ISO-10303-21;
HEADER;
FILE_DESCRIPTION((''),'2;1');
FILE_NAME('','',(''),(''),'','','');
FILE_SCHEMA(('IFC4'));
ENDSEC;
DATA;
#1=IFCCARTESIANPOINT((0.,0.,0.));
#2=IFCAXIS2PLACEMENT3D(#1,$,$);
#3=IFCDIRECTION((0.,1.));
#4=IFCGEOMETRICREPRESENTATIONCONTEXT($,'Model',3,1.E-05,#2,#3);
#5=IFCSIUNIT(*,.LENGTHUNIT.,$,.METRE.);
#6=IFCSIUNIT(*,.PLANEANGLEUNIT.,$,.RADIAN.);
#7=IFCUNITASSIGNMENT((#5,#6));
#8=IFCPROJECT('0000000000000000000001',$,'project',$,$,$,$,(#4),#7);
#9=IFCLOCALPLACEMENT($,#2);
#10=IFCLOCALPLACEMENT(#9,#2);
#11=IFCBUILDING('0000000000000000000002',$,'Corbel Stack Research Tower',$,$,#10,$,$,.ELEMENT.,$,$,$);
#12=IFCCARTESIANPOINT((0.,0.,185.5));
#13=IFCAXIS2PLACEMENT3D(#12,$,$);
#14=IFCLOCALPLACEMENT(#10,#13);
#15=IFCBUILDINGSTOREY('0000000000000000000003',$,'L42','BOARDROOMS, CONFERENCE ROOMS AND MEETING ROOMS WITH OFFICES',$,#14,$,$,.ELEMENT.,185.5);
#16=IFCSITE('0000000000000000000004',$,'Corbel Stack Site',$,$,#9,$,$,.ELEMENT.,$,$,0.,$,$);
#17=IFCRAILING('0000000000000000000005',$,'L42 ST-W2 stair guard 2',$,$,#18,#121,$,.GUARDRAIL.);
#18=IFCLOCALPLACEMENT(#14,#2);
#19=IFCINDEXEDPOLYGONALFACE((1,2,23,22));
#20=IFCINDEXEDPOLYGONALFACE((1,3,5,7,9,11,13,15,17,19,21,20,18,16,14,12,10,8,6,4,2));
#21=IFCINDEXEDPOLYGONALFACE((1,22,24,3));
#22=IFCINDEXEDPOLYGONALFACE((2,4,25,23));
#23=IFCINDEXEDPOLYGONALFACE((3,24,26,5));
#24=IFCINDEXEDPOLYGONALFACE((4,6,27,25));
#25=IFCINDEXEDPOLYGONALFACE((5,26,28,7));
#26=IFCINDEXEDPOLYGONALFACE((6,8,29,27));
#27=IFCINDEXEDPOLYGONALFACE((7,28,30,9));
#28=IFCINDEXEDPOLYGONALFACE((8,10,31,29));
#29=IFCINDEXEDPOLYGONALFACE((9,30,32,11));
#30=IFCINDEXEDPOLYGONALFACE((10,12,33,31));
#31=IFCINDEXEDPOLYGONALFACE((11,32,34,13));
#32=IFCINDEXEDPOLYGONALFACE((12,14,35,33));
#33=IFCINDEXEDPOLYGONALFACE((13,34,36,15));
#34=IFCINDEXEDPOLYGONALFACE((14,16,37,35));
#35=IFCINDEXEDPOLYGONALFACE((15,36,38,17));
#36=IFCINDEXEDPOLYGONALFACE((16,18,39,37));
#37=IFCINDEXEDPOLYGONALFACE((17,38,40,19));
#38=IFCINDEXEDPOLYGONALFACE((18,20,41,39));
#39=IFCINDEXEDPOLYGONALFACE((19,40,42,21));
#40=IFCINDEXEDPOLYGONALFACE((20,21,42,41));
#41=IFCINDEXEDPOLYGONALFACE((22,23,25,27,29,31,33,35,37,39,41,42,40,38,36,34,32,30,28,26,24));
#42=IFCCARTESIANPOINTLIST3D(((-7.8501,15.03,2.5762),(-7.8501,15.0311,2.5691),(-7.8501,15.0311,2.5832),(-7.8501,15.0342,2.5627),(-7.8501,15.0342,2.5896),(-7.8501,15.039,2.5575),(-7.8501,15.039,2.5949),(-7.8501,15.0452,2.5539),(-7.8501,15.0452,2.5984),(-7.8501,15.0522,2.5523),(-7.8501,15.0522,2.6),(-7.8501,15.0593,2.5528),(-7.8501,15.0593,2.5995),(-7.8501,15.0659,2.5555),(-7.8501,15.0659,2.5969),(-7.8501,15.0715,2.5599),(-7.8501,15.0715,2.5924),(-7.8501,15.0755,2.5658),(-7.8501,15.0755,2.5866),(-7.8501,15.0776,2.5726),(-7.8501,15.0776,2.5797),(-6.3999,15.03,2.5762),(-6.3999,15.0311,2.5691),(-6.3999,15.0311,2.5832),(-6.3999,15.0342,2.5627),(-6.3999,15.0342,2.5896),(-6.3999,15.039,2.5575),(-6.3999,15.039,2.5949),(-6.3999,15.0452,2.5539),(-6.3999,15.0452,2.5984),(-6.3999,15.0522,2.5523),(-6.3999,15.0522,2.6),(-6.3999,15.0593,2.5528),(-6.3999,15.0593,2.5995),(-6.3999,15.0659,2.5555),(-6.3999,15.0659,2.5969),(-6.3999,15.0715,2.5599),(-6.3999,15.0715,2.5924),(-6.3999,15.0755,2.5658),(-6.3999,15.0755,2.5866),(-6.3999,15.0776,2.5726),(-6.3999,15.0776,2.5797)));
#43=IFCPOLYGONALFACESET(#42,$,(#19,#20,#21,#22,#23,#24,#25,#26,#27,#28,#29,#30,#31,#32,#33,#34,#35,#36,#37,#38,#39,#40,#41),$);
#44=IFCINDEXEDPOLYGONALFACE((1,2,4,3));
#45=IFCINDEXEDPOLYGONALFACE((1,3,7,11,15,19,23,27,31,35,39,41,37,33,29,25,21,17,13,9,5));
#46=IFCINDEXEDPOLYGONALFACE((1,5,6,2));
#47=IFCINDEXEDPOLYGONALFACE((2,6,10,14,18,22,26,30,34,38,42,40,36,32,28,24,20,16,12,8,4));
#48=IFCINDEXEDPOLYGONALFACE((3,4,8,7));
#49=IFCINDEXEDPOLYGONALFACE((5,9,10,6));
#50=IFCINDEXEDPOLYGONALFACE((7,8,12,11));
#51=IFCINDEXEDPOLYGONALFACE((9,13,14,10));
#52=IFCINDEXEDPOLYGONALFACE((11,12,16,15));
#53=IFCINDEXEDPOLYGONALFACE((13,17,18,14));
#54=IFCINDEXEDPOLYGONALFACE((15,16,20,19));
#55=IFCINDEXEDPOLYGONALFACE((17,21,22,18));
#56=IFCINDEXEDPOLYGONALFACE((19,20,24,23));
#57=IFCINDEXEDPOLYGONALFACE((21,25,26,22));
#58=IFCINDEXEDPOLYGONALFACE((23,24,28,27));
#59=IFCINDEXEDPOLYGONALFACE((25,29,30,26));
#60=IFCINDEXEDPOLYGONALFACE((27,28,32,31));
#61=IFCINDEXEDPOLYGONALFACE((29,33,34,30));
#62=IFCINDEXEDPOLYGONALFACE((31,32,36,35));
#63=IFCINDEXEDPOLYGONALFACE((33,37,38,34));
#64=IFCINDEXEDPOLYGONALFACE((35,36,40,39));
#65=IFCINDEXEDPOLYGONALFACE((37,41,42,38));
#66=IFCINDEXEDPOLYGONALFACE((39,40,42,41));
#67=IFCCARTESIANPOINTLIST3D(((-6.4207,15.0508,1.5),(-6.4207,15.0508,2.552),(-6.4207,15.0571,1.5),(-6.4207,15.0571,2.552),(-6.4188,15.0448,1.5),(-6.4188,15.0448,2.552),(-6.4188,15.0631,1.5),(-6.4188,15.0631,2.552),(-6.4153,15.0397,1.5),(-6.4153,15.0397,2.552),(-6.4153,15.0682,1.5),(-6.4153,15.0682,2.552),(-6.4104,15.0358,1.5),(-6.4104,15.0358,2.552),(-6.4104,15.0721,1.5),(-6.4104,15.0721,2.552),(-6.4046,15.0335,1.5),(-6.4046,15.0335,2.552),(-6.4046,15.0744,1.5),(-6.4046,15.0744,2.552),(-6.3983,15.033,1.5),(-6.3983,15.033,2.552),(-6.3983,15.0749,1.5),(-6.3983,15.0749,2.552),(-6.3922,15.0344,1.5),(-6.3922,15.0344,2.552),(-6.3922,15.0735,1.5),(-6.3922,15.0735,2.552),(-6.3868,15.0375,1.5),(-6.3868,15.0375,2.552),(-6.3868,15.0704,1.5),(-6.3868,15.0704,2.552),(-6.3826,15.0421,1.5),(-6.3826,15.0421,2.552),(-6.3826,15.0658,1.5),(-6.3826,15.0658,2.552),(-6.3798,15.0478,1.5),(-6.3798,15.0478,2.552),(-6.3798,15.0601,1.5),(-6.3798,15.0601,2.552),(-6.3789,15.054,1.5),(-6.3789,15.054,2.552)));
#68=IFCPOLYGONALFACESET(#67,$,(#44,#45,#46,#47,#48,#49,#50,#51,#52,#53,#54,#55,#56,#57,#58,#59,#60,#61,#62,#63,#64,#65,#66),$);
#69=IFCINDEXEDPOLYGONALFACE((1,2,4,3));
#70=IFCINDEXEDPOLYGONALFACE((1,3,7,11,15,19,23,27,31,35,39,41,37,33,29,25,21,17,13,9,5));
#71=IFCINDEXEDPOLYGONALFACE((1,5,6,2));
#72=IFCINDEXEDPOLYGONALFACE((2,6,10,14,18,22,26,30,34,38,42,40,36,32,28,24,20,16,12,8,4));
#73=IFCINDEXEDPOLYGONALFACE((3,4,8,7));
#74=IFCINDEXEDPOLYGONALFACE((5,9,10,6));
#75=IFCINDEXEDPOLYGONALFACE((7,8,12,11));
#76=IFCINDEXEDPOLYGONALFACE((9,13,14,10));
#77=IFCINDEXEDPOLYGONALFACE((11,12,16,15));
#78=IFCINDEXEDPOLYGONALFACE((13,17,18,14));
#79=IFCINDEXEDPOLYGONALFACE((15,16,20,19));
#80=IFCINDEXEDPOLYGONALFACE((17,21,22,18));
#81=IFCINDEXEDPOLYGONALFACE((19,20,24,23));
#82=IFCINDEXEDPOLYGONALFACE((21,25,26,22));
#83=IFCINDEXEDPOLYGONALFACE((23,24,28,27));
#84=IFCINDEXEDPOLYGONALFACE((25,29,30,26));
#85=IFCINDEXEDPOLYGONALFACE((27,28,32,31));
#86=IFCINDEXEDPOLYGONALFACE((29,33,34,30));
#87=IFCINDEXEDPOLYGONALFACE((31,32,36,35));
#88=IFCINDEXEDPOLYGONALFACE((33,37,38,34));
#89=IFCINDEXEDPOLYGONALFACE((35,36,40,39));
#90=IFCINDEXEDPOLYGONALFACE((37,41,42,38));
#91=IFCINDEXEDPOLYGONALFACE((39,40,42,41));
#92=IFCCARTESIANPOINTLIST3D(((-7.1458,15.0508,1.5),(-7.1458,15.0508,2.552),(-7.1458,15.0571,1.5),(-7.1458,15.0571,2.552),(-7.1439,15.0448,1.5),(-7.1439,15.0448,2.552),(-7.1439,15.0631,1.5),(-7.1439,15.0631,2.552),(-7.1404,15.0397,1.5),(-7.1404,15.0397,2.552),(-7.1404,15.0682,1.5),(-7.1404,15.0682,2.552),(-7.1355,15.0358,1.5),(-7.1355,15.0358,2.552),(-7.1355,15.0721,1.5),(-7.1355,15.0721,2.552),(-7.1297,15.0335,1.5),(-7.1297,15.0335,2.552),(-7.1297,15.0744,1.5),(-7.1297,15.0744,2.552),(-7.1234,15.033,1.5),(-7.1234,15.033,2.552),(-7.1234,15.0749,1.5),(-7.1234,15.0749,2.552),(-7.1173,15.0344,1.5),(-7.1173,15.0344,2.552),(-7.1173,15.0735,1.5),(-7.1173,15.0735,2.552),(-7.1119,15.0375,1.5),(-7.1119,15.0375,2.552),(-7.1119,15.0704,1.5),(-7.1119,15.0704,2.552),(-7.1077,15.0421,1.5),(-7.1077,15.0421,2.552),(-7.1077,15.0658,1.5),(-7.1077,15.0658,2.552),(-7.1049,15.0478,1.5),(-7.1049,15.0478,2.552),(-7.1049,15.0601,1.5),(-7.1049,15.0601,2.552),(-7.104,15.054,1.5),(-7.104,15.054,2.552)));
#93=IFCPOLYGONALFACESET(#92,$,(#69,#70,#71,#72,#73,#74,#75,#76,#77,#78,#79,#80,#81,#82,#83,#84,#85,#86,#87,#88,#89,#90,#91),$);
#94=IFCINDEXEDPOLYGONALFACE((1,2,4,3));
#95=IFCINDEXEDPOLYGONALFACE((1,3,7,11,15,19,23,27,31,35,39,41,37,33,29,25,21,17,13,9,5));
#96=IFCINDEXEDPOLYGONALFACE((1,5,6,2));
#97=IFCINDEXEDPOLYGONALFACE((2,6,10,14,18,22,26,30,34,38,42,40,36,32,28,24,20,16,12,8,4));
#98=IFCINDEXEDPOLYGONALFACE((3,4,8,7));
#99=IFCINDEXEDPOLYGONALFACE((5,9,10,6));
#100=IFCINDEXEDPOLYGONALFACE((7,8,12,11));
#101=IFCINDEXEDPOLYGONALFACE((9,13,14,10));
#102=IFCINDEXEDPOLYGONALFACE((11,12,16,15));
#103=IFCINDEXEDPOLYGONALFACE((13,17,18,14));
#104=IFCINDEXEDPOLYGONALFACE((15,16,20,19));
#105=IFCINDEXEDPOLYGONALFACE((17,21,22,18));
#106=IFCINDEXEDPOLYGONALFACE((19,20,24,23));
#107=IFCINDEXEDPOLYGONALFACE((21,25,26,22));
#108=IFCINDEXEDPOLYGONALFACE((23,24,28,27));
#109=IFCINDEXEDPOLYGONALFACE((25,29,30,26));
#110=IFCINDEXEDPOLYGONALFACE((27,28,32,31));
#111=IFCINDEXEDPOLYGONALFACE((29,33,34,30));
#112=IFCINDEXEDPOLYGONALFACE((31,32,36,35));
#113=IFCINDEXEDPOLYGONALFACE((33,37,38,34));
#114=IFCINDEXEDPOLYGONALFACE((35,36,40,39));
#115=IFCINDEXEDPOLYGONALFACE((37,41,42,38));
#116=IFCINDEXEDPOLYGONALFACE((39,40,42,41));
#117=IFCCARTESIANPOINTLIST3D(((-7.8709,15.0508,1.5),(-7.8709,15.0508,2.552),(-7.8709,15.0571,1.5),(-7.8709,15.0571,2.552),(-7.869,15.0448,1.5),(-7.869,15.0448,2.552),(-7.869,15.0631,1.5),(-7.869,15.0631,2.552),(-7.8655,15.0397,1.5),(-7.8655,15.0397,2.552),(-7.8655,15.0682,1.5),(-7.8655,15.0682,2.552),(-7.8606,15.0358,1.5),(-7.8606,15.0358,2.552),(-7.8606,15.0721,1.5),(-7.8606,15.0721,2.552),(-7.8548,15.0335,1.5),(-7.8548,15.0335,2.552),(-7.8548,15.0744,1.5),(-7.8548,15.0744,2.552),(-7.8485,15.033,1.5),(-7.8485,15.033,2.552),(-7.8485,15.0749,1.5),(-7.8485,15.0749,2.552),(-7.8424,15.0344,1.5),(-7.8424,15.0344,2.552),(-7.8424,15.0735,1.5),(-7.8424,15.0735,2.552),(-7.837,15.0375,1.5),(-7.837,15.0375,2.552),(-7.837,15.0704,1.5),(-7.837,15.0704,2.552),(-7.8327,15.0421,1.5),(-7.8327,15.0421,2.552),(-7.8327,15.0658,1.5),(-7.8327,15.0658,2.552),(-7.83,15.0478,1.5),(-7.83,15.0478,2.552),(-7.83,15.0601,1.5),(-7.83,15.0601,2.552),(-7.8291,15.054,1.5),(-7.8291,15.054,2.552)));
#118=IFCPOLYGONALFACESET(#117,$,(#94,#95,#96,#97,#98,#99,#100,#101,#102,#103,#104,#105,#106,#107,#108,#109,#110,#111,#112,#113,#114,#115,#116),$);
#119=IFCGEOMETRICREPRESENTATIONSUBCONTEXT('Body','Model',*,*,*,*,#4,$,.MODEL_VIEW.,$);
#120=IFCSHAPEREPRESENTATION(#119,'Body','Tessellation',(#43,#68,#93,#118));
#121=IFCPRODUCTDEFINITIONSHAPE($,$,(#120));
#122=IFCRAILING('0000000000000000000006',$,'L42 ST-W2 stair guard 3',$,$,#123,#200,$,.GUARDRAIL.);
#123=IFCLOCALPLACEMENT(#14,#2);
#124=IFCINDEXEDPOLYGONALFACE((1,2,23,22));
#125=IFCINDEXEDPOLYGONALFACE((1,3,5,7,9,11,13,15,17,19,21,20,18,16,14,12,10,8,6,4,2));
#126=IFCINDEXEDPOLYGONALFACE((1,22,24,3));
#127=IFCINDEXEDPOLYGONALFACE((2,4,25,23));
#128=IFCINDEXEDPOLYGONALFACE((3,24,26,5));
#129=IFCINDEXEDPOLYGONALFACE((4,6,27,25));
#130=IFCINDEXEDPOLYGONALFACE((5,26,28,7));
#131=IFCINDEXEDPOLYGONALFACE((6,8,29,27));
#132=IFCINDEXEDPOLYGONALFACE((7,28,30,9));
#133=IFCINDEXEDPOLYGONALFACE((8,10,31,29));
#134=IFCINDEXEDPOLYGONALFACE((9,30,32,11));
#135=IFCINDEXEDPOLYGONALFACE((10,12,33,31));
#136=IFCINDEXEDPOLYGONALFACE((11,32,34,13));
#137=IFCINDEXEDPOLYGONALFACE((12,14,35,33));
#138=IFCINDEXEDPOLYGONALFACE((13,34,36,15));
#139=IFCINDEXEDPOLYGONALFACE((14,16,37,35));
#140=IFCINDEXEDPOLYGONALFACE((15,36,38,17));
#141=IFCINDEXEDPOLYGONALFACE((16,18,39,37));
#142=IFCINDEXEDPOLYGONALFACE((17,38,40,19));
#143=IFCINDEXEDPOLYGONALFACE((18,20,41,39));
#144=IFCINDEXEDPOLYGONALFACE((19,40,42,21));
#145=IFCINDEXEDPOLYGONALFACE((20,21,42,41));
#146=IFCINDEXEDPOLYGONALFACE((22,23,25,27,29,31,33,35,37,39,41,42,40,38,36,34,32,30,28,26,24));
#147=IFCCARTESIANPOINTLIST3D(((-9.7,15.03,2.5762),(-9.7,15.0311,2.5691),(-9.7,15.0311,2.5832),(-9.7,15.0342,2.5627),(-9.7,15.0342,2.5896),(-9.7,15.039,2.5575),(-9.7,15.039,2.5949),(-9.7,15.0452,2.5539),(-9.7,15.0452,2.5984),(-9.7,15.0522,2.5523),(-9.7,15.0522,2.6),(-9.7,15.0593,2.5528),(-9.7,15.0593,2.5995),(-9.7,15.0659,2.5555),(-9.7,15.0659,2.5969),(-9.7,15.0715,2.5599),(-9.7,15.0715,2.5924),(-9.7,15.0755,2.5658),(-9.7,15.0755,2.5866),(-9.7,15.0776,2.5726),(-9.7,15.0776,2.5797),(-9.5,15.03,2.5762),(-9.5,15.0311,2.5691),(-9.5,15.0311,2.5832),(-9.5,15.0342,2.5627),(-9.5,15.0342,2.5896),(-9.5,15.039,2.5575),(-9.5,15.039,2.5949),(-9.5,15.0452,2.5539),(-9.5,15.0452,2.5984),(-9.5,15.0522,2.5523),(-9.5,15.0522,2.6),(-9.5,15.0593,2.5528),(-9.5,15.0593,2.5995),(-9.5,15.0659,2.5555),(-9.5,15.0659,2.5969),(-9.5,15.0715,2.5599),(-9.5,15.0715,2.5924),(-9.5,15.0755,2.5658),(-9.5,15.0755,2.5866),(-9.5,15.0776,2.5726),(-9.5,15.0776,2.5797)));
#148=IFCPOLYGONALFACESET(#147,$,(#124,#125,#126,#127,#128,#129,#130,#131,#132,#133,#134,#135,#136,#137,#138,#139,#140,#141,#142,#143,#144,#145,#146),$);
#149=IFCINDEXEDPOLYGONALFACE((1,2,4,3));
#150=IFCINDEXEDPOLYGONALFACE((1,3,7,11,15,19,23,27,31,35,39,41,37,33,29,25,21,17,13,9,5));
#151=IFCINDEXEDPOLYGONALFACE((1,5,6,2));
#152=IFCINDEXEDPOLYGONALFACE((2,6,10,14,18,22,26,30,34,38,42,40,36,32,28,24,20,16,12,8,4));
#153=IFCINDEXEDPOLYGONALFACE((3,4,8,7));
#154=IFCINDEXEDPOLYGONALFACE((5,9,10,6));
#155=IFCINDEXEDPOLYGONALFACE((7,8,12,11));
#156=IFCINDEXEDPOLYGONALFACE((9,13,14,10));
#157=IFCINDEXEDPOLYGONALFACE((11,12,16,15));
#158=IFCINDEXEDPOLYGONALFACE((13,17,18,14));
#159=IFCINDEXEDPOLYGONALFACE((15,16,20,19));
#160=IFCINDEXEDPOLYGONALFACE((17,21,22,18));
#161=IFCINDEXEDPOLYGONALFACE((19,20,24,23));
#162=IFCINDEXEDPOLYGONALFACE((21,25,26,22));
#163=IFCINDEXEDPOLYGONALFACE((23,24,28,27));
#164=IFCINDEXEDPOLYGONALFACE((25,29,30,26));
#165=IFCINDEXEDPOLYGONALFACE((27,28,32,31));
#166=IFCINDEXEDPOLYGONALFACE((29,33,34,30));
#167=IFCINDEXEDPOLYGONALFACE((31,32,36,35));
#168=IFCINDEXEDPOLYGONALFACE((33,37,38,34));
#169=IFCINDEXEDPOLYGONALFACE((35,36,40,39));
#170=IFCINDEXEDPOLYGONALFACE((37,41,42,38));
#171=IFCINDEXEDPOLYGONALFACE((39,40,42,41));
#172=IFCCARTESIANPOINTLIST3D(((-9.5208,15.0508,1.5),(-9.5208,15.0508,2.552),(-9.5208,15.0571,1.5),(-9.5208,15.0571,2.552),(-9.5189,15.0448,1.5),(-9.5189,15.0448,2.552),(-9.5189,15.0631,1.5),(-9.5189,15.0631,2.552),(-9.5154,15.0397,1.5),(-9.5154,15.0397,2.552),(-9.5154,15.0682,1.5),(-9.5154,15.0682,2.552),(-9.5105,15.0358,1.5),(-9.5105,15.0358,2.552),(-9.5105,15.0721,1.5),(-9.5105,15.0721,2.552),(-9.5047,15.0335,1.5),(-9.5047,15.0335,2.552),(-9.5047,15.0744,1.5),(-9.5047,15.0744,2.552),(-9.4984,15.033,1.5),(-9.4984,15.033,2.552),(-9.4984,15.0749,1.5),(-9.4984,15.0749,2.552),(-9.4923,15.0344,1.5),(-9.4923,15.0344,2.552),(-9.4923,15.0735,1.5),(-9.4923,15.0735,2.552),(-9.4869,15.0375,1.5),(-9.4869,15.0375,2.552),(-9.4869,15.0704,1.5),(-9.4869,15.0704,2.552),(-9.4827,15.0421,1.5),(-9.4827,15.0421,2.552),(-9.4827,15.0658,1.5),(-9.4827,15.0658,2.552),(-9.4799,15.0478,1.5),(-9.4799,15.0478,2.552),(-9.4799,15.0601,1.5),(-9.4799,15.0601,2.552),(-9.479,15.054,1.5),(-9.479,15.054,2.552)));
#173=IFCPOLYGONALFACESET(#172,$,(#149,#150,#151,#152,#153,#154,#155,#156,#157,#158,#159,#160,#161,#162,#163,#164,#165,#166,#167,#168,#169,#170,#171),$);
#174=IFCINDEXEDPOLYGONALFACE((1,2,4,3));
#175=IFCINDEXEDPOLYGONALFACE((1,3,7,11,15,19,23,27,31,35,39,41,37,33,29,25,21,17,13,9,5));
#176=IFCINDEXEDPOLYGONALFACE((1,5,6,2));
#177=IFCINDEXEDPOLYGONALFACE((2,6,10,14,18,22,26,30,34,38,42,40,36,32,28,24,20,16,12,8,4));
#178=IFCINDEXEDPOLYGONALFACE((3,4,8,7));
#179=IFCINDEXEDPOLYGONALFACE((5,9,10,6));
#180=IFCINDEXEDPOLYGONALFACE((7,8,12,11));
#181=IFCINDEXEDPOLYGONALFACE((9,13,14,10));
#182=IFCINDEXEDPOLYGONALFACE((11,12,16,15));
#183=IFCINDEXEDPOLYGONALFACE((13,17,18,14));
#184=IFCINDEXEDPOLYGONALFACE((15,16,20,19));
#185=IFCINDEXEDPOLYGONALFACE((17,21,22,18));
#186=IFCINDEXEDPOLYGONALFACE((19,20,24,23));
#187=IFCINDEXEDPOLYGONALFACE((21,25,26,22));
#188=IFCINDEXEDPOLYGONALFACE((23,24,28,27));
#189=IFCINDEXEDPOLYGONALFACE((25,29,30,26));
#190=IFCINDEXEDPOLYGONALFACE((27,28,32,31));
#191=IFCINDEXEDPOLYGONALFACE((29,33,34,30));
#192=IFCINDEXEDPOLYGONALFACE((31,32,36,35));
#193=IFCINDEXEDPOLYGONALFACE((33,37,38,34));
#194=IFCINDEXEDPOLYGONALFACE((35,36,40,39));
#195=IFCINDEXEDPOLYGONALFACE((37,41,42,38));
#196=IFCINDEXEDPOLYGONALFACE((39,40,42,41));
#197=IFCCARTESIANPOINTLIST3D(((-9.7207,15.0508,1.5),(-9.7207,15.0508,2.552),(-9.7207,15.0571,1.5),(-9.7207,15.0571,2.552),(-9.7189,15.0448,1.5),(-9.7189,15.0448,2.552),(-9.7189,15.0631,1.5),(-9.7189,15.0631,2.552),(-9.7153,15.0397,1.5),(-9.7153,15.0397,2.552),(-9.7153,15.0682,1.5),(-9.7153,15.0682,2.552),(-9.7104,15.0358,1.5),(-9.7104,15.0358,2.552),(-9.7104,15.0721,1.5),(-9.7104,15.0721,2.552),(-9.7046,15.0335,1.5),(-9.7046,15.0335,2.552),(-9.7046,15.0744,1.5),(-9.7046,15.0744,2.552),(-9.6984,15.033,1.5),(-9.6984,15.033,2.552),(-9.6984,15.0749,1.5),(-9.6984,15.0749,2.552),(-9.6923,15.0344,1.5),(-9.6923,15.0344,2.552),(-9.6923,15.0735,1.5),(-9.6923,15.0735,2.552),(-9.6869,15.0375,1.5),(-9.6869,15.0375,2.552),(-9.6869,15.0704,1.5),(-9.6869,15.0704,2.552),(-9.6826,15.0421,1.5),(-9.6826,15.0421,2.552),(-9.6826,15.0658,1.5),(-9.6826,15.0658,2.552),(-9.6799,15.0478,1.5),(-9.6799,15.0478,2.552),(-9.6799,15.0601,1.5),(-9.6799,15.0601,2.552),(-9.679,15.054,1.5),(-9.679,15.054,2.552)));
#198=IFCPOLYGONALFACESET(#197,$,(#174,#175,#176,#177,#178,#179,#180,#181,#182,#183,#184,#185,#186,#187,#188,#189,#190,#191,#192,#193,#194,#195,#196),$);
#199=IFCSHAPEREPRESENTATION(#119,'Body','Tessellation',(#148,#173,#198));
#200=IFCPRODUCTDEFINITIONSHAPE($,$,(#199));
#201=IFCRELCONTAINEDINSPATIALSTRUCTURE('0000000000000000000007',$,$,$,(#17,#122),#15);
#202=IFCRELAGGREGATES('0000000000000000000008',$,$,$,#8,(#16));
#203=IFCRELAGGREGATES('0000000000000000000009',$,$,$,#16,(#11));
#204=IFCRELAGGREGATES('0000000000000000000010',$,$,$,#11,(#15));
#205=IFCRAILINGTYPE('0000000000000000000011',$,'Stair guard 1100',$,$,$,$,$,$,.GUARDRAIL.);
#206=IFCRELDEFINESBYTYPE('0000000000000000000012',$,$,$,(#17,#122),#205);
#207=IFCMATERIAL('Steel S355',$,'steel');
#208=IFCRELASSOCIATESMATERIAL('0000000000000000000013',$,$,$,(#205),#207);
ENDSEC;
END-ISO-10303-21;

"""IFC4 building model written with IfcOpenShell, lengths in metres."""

from ifc_helpers import new_model, si_unit, direction, frame, origin, origin_2d, place, context, subcontext, project, spatial, circle, extrude, material, type_object, element, save


model = new_model("IFC4")

# Units and contexts
model_context = context("Model", 3, precision=1e-05, world=origin(), true_north=direction((0.0, 1.0)))
body_context = subcontext(model_context, "Body", "Model", "MODEL_VIEW")
ifc_project = project(units=[si_unit("LENGTHUNIT", "METRE"), si_unit("PLANEANGLEUNIT", "RADIAN")], contexts=[model_context])

# Site, building, storey
site_placement = place(None, origin())
site = spatial("IfcSite", under=ifc_project, at=site_placement, Name="Corbel Stack Site", CompositionType="ELEMENT", RefElevation=0.0)
building_placement = place(site_placement, origin())
building = spatial("IfcBuilding", under=site, at=building_placement, Name="Corbel Stack Research Tower", CompositionType="ELEMENT")
storey_placement = place(building_placement, frame((0.0, 0.0, 185.5)))
storey = spatial("IfcBuildingStorey", under=building, at=storey_placement, Name="L42", Description="BOARDROOMS, CONFERENCE ROOMS AND MEETING ROOMS WITH OFFICES", CompositionType="ELEMENT", Elevation=185.5)

# Railings
ifc_material_1 = material(Name="Steel S355", Category="steel")
railing_type_1 = type_object("IfcRailingType", Name="Stair guard 1100", PredefinedType="GUARDRAIL", material=ifc_material_1)
railing_1_placement = place(storey_placement, frame((-6.3999, 15.054, 1.5)))
element("IfcRailing", 1, at=railing_1_placement, inside=storey, type_object=railing_type_1, Name="L42 ST-W2 stair guard 2", PredefinedType="GUARDRAIL", context=body_context, shape_type="SweptSolid", body=[
    extrude(circle(Radius=0.0239, at=origin_2d()), frame((0.0, 0.0, 1.0762), z_axis=(-1.0, 0.0, 0.0), x_axis=(0.0, -1.0, 0.0)), (0.0, 0.0, 1.0), 1.4502),
    extrude(circle(Radius=0.021, at=origin_2d()), origin(), (0.0, 0.0, 1.0), 1.052),
    extrude(circle(Radius=0.021, at=origin_2d()), frame((-0.7251, 0.0, 0.0)), (0.0, 0.0, 1.0), 1.052),
    extrude(circle(Radius=0.021, at=origin_2d()), frame((-1.4502, 0.0, 0.0)), (0.0, 0.0, 1.0), 1.052),
])
railing_2_placement = place(storey_placement, frame((-9.5, 15.054, 1.5)))
element("IfcRailing", 2, at=railing_2_placement, inside=storey, type_object=railing_type_1, Name="L42 ST-W2 stair guard 3", PredefinedType="GUARDRAIL", context=body_context, shape_type="SweptSolid", body=[
    extrude(circle(Radius=0.0239, at=origin_2d()), frame((0.0, 0.0, 1.0762), z_axis=(-1.0, 0.0, 0.0), x_axis=(0.0, -1.0, 0.0)), (0.0, 0.0, 1.0), 0.2),
    extrude(circle(Radius=0.021, at=origin_2d()), origin(), (0.0, 0.0, 1.0), 1.052),
    extrude(circle(Radius=0.021, at=origin_2d()), frame((-0.2, 0.0, 0.0)), (0.0, 0.0, 1.0), 1.052),
])

save(model, "model.ifc")
